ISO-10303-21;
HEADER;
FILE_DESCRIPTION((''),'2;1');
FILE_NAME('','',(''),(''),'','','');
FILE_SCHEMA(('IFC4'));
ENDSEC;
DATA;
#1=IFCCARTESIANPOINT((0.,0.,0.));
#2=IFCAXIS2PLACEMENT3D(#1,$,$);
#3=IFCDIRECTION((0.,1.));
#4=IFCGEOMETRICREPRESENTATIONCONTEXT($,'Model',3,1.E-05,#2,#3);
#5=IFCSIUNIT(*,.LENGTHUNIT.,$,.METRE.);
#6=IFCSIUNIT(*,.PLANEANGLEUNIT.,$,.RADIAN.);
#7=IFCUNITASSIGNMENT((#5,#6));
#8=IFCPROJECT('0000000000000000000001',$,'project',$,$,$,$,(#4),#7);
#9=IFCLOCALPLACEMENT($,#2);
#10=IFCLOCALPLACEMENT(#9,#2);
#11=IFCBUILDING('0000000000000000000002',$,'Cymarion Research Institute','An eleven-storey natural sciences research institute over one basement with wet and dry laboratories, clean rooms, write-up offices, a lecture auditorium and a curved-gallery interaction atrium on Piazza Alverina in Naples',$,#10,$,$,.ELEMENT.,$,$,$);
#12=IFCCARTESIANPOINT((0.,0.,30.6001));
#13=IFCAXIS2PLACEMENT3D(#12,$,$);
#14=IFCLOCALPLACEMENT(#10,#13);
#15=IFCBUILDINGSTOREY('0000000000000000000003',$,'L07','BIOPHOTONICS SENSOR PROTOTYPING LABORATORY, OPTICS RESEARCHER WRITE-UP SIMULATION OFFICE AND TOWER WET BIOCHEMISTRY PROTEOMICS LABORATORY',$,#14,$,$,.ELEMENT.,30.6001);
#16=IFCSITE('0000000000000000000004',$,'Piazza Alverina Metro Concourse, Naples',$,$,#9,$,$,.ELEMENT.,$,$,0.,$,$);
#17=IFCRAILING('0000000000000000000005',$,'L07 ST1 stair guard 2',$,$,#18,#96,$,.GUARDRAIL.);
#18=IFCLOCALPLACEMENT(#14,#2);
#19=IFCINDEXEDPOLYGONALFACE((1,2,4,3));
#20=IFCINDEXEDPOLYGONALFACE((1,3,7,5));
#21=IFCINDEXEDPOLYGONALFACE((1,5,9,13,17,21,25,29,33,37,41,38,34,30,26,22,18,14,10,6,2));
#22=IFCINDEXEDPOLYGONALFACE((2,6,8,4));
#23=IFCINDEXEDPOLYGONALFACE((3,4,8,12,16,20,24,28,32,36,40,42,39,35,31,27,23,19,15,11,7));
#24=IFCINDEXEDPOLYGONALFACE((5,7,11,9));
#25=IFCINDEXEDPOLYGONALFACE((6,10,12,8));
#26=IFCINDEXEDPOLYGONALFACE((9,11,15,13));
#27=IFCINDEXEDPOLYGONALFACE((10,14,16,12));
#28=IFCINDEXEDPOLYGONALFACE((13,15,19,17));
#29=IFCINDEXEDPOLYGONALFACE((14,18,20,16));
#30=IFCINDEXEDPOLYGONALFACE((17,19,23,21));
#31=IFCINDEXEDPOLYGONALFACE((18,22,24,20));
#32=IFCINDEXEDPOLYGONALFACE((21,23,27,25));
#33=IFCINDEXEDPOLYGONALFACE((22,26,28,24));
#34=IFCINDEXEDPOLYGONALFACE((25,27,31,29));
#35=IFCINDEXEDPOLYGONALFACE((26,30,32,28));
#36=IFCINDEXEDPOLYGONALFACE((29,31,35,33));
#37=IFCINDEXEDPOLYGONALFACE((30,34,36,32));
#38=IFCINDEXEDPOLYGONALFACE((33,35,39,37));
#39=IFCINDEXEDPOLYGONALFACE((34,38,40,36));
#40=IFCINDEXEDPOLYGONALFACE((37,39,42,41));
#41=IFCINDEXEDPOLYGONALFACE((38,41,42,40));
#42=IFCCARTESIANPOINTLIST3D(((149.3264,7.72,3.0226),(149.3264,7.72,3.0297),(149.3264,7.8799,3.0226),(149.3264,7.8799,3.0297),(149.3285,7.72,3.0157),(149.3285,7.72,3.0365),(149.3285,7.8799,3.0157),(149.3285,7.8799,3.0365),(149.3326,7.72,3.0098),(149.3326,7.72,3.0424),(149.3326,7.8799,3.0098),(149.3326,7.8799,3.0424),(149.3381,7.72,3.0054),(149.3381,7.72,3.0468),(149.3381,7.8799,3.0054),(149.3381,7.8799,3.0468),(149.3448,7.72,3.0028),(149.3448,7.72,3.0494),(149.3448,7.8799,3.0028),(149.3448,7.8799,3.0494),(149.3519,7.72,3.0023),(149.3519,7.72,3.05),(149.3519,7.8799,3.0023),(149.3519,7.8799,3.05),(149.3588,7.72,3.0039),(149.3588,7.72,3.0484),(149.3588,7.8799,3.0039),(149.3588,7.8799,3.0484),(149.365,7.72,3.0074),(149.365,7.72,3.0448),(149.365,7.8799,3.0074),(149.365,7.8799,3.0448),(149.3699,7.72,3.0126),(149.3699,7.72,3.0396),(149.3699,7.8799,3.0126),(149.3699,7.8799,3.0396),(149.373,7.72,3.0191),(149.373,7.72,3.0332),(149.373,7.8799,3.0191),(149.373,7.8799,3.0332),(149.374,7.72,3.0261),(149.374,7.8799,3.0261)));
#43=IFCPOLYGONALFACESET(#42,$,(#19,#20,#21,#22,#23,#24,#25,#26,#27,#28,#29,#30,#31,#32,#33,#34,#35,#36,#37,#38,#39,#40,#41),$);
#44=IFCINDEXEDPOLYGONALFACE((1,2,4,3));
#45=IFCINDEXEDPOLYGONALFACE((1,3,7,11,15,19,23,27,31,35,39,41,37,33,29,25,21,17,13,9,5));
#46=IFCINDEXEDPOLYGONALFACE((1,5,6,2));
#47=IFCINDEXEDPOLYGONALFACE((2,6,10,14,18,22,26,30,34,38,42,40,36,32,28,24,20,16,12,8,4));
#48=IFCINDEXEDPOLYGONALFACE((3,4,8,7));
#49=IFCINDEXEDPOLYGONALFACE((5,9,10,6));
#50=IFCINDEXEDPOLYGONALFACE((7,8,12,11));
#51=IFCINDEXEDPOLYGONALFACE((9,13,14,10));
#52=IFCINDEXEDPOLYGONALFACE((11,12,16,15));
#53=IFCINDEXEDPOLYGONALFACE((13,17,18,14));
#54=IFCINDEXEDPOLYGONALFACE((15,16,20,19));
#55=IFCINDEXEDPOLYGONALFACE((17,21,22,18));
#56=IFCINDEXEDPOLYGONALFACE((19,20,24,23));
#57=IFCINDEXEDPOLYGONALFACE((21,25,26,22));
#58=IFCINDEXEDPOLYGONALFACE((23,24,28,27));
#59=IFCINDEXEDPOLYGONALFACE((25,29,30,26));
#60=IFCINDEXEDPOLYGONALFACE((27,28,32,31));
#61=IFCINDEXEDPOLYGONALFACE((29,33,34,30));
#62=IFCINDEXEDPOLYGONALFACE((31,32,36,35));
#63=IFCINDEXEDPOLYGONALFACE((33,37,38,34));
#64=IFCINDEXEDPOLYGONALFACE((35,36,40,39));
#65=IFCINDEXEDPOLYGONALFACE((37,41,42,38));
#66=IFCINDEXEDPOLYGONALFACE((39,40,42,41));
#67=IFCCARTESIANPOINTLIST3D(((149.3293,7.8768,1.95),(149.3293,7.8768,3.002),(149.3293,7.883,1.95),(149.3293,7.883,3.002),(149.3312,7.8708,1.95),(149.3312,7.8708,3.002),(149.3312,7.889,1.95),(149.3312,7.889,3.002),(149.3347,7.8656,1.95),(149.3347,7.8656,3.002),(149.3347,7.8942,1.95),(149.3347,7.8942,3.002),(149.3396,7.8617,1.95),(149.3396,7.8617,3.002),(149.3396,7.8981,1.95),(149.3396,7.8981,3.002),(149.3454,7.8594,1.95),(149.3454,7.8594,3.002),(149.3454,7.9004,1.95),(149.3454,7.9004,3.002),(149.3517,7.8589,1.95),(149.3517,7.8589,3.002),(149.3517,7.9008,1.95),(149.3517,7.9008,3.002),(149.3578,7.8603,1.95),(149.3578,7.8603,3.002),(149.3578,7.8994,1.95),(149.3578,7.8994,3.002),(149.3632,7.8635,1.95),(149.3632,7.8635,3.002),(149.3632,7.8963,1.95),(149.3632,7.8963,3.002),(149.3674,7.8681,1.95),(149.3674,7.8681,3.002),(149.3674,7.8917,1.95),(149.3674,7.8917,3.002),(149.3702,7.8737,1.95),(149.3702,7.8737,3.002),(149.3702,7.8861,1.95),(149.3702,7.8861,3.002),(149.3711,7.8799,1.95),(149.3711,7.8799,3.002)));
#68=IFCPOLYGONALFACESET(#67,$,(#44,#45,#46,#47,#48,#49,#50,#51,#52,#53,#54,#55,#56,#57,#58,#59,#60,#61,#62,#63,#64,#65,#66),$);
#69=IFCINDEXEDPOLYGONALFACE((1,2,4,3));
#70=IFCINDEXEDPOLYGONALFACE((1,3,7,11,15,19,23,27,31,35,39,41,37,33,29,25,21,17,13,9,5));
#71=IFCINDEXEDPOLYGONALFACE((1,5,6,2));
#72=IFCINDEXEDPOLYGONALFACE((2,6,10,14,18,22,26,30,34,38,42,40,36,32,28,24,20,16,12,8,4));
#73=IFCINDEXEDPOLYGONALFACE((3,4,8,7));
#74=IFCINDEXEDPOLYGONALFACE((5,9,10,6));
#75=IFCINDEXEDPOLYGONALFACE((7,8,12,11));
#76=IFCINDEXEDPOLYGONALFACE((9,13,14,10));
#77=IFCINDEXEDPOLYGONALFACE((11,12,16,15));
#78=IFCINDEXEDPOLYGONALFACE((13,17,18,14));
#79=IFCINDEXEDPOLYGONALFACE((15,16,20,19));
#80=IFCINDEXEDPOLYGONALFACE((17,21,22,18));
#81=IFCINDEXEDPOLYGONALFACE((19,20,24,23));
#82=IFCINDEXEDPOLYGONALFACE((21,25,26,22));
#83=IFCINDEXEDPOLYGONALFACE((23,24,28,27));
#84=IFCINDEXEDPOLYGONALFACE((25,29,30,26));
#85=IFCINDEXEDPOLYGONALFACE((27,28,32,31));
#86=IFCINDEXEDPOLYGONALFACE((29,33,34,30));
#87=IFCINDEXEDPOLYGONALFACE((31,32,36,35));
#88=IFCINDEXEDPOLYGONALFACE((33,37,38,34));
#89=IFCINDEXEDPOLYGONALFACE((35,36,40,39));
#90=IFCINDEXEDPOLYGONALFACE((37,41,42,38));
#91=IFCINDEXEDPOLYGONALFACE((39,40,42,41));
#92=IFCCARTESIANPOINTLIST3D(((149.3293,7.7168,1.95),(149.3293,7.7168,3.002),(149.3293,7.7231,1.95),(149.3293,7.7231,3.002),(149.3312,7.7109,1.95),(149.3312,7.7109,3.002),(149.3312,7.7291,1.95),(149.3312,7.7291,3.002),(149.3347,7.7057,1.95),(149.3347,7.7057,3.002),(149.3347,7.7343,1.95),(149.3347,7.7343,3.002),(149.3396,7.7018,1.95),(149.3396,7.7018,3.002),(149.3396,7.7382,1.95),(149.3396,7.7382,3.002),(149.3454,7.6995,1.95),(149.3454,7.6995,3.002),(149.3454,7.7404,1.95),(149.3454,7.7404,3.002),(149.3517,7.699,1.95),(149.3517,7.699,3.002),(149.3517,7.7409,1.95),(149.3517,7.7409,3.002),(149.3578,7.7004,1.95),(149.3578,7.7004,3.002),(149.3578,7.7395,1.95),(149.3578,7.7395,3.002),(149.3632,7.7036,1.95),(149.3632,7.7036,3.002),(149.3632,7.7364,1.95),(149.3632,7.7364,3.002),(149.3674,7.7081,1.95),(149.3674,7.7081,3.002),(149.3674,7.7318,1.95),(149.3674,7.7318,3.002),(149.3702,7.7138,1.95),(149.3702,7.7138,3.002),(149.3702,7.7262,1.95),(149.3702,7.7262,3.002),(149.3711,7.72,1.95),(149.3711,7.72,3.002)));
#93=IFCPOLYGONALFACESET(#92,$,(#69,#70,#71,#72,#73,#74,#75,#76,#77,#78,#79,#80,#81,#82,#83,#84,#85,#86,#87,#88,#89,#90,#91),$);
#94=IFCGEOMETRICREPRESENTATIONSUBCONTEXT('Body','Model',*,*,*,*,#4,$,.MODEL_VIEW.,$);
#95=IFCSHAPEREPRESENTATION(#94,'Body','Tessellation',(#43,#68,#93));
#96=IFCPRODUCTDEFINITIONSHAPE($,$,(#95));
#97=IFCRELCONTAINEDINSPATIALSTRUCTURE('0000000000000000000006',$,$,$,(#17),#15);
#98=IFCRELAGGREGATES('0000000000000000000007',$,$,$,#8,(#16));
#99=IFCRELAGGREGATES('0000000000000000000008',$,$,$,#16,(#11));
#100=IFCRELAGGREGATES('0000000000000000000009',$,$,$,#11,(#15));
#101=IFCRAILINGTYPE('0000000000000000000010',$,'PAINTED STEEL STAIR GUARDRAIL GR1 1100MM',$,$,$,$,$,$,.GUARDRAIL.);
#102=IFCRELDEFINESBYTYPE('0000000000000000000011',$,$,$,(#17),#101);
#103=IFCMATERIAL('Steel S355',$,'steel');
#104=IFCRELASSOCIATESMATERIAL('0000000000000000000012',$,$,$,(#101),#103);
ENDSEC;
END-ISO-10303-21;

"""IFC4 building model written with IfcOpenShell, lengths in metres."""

from ifc_helpers import new_model, si_unit, direction, frame, origin, origin_2d, place, context, subcontext, project, spatial, circle, extrude, material, type_object, element, save


model = new_model("IFC4")

# Units and contexts
model_context = context("Model", 3, precision=1e-05, world=origin(), true_north=direction((0.0, 1.0)))
body_context = subcontext(model_context, "Body", "Model", "MODEL_VIEW")
ifc_project = project(units=[si_unit("LENGTHUNIT", "METRE"), si_unit("PLANEANGLEUNIT", "RADIAN")], contexts=[model_context])

# Site, building, storey
site_placement = place(None, origin())
site = spatial("IfcSite", under=ifc_project, at=site_placement, Name="Piazza Alverina Metro Concourse, Naples", CompositionType="ELEMENT", RefElevation=0.0)
building_placement = place(site_placement, origin())
building = spatial("IfcBuilding", under=site, at=building_placement, Name="Cymarion Research Institute", Description="An eleven-storey natural sciences research institute over one basement with wet and dry laboratories, clean rooms, write-up offices, a lecture auditorium and a curved-gallery interaction atrium on Piazza Alverina in Naples", CompositionType="ELEMENT")
storey_placement = place(building_placement, frame((0.0, 0.0, 30.6001)))
storey = spatial("IfcBuildingStorey", under=building, at=storey_placement, Name="L07", Description="BIOPHOTONICS SENSOR PROTOTYPING LABORATORY, OPTICS RESEARCHER WRITE-UP SIMULATION OFFICE AND TOWER WET BIOCHEMISTRY PROTEOMICS LABORATORY", CompositionType="ELEMENT", Elevation=30.6001)

# Shared definitions
ifc_material_1 = material(Name="Steel S355", Category="steel")

# Railing
railing_type_1 = type_object("IfcRailingType", Name="PAINTED STEEL STAIR GUARDRAIL GR1 1100MM", PredefinedType="GUARDRAIL", material=ifc_material_1)
railing_1_placement = place(storey_placement, frame((149.3501, 7.8799, 1.95)))
element("IfcRailing", 1, at=railing_1_placement, inside=storey, type_object=railing_type_1, Name="L07 ST1 stair guard 2", PredefinedType="GUARDRAIL", context=body_context, shape_type="SweptSolid", body=[
    extrude(circle(Radius=0.0239, at=origin_2d()), frame((0.0, 0.0, 1.0762), z_axis=(0.0, -1.0, 0.0), x_axis=(1.0, 0.0, 0.0)), (0.0, 0.0, 1.0), 0.1599),
    extrude(circle(Radius=0.021, at=origin_2d()), origin(), (0.0, 0.0, 1.0), 1.052),
    extrude(circle(Radius=0.021, at=origin_2d()), frame((0.0, -0.1599, 0.0)), (0.0, 0.0, 1.0), 1.052),
])

save(model, "model.ifc")
